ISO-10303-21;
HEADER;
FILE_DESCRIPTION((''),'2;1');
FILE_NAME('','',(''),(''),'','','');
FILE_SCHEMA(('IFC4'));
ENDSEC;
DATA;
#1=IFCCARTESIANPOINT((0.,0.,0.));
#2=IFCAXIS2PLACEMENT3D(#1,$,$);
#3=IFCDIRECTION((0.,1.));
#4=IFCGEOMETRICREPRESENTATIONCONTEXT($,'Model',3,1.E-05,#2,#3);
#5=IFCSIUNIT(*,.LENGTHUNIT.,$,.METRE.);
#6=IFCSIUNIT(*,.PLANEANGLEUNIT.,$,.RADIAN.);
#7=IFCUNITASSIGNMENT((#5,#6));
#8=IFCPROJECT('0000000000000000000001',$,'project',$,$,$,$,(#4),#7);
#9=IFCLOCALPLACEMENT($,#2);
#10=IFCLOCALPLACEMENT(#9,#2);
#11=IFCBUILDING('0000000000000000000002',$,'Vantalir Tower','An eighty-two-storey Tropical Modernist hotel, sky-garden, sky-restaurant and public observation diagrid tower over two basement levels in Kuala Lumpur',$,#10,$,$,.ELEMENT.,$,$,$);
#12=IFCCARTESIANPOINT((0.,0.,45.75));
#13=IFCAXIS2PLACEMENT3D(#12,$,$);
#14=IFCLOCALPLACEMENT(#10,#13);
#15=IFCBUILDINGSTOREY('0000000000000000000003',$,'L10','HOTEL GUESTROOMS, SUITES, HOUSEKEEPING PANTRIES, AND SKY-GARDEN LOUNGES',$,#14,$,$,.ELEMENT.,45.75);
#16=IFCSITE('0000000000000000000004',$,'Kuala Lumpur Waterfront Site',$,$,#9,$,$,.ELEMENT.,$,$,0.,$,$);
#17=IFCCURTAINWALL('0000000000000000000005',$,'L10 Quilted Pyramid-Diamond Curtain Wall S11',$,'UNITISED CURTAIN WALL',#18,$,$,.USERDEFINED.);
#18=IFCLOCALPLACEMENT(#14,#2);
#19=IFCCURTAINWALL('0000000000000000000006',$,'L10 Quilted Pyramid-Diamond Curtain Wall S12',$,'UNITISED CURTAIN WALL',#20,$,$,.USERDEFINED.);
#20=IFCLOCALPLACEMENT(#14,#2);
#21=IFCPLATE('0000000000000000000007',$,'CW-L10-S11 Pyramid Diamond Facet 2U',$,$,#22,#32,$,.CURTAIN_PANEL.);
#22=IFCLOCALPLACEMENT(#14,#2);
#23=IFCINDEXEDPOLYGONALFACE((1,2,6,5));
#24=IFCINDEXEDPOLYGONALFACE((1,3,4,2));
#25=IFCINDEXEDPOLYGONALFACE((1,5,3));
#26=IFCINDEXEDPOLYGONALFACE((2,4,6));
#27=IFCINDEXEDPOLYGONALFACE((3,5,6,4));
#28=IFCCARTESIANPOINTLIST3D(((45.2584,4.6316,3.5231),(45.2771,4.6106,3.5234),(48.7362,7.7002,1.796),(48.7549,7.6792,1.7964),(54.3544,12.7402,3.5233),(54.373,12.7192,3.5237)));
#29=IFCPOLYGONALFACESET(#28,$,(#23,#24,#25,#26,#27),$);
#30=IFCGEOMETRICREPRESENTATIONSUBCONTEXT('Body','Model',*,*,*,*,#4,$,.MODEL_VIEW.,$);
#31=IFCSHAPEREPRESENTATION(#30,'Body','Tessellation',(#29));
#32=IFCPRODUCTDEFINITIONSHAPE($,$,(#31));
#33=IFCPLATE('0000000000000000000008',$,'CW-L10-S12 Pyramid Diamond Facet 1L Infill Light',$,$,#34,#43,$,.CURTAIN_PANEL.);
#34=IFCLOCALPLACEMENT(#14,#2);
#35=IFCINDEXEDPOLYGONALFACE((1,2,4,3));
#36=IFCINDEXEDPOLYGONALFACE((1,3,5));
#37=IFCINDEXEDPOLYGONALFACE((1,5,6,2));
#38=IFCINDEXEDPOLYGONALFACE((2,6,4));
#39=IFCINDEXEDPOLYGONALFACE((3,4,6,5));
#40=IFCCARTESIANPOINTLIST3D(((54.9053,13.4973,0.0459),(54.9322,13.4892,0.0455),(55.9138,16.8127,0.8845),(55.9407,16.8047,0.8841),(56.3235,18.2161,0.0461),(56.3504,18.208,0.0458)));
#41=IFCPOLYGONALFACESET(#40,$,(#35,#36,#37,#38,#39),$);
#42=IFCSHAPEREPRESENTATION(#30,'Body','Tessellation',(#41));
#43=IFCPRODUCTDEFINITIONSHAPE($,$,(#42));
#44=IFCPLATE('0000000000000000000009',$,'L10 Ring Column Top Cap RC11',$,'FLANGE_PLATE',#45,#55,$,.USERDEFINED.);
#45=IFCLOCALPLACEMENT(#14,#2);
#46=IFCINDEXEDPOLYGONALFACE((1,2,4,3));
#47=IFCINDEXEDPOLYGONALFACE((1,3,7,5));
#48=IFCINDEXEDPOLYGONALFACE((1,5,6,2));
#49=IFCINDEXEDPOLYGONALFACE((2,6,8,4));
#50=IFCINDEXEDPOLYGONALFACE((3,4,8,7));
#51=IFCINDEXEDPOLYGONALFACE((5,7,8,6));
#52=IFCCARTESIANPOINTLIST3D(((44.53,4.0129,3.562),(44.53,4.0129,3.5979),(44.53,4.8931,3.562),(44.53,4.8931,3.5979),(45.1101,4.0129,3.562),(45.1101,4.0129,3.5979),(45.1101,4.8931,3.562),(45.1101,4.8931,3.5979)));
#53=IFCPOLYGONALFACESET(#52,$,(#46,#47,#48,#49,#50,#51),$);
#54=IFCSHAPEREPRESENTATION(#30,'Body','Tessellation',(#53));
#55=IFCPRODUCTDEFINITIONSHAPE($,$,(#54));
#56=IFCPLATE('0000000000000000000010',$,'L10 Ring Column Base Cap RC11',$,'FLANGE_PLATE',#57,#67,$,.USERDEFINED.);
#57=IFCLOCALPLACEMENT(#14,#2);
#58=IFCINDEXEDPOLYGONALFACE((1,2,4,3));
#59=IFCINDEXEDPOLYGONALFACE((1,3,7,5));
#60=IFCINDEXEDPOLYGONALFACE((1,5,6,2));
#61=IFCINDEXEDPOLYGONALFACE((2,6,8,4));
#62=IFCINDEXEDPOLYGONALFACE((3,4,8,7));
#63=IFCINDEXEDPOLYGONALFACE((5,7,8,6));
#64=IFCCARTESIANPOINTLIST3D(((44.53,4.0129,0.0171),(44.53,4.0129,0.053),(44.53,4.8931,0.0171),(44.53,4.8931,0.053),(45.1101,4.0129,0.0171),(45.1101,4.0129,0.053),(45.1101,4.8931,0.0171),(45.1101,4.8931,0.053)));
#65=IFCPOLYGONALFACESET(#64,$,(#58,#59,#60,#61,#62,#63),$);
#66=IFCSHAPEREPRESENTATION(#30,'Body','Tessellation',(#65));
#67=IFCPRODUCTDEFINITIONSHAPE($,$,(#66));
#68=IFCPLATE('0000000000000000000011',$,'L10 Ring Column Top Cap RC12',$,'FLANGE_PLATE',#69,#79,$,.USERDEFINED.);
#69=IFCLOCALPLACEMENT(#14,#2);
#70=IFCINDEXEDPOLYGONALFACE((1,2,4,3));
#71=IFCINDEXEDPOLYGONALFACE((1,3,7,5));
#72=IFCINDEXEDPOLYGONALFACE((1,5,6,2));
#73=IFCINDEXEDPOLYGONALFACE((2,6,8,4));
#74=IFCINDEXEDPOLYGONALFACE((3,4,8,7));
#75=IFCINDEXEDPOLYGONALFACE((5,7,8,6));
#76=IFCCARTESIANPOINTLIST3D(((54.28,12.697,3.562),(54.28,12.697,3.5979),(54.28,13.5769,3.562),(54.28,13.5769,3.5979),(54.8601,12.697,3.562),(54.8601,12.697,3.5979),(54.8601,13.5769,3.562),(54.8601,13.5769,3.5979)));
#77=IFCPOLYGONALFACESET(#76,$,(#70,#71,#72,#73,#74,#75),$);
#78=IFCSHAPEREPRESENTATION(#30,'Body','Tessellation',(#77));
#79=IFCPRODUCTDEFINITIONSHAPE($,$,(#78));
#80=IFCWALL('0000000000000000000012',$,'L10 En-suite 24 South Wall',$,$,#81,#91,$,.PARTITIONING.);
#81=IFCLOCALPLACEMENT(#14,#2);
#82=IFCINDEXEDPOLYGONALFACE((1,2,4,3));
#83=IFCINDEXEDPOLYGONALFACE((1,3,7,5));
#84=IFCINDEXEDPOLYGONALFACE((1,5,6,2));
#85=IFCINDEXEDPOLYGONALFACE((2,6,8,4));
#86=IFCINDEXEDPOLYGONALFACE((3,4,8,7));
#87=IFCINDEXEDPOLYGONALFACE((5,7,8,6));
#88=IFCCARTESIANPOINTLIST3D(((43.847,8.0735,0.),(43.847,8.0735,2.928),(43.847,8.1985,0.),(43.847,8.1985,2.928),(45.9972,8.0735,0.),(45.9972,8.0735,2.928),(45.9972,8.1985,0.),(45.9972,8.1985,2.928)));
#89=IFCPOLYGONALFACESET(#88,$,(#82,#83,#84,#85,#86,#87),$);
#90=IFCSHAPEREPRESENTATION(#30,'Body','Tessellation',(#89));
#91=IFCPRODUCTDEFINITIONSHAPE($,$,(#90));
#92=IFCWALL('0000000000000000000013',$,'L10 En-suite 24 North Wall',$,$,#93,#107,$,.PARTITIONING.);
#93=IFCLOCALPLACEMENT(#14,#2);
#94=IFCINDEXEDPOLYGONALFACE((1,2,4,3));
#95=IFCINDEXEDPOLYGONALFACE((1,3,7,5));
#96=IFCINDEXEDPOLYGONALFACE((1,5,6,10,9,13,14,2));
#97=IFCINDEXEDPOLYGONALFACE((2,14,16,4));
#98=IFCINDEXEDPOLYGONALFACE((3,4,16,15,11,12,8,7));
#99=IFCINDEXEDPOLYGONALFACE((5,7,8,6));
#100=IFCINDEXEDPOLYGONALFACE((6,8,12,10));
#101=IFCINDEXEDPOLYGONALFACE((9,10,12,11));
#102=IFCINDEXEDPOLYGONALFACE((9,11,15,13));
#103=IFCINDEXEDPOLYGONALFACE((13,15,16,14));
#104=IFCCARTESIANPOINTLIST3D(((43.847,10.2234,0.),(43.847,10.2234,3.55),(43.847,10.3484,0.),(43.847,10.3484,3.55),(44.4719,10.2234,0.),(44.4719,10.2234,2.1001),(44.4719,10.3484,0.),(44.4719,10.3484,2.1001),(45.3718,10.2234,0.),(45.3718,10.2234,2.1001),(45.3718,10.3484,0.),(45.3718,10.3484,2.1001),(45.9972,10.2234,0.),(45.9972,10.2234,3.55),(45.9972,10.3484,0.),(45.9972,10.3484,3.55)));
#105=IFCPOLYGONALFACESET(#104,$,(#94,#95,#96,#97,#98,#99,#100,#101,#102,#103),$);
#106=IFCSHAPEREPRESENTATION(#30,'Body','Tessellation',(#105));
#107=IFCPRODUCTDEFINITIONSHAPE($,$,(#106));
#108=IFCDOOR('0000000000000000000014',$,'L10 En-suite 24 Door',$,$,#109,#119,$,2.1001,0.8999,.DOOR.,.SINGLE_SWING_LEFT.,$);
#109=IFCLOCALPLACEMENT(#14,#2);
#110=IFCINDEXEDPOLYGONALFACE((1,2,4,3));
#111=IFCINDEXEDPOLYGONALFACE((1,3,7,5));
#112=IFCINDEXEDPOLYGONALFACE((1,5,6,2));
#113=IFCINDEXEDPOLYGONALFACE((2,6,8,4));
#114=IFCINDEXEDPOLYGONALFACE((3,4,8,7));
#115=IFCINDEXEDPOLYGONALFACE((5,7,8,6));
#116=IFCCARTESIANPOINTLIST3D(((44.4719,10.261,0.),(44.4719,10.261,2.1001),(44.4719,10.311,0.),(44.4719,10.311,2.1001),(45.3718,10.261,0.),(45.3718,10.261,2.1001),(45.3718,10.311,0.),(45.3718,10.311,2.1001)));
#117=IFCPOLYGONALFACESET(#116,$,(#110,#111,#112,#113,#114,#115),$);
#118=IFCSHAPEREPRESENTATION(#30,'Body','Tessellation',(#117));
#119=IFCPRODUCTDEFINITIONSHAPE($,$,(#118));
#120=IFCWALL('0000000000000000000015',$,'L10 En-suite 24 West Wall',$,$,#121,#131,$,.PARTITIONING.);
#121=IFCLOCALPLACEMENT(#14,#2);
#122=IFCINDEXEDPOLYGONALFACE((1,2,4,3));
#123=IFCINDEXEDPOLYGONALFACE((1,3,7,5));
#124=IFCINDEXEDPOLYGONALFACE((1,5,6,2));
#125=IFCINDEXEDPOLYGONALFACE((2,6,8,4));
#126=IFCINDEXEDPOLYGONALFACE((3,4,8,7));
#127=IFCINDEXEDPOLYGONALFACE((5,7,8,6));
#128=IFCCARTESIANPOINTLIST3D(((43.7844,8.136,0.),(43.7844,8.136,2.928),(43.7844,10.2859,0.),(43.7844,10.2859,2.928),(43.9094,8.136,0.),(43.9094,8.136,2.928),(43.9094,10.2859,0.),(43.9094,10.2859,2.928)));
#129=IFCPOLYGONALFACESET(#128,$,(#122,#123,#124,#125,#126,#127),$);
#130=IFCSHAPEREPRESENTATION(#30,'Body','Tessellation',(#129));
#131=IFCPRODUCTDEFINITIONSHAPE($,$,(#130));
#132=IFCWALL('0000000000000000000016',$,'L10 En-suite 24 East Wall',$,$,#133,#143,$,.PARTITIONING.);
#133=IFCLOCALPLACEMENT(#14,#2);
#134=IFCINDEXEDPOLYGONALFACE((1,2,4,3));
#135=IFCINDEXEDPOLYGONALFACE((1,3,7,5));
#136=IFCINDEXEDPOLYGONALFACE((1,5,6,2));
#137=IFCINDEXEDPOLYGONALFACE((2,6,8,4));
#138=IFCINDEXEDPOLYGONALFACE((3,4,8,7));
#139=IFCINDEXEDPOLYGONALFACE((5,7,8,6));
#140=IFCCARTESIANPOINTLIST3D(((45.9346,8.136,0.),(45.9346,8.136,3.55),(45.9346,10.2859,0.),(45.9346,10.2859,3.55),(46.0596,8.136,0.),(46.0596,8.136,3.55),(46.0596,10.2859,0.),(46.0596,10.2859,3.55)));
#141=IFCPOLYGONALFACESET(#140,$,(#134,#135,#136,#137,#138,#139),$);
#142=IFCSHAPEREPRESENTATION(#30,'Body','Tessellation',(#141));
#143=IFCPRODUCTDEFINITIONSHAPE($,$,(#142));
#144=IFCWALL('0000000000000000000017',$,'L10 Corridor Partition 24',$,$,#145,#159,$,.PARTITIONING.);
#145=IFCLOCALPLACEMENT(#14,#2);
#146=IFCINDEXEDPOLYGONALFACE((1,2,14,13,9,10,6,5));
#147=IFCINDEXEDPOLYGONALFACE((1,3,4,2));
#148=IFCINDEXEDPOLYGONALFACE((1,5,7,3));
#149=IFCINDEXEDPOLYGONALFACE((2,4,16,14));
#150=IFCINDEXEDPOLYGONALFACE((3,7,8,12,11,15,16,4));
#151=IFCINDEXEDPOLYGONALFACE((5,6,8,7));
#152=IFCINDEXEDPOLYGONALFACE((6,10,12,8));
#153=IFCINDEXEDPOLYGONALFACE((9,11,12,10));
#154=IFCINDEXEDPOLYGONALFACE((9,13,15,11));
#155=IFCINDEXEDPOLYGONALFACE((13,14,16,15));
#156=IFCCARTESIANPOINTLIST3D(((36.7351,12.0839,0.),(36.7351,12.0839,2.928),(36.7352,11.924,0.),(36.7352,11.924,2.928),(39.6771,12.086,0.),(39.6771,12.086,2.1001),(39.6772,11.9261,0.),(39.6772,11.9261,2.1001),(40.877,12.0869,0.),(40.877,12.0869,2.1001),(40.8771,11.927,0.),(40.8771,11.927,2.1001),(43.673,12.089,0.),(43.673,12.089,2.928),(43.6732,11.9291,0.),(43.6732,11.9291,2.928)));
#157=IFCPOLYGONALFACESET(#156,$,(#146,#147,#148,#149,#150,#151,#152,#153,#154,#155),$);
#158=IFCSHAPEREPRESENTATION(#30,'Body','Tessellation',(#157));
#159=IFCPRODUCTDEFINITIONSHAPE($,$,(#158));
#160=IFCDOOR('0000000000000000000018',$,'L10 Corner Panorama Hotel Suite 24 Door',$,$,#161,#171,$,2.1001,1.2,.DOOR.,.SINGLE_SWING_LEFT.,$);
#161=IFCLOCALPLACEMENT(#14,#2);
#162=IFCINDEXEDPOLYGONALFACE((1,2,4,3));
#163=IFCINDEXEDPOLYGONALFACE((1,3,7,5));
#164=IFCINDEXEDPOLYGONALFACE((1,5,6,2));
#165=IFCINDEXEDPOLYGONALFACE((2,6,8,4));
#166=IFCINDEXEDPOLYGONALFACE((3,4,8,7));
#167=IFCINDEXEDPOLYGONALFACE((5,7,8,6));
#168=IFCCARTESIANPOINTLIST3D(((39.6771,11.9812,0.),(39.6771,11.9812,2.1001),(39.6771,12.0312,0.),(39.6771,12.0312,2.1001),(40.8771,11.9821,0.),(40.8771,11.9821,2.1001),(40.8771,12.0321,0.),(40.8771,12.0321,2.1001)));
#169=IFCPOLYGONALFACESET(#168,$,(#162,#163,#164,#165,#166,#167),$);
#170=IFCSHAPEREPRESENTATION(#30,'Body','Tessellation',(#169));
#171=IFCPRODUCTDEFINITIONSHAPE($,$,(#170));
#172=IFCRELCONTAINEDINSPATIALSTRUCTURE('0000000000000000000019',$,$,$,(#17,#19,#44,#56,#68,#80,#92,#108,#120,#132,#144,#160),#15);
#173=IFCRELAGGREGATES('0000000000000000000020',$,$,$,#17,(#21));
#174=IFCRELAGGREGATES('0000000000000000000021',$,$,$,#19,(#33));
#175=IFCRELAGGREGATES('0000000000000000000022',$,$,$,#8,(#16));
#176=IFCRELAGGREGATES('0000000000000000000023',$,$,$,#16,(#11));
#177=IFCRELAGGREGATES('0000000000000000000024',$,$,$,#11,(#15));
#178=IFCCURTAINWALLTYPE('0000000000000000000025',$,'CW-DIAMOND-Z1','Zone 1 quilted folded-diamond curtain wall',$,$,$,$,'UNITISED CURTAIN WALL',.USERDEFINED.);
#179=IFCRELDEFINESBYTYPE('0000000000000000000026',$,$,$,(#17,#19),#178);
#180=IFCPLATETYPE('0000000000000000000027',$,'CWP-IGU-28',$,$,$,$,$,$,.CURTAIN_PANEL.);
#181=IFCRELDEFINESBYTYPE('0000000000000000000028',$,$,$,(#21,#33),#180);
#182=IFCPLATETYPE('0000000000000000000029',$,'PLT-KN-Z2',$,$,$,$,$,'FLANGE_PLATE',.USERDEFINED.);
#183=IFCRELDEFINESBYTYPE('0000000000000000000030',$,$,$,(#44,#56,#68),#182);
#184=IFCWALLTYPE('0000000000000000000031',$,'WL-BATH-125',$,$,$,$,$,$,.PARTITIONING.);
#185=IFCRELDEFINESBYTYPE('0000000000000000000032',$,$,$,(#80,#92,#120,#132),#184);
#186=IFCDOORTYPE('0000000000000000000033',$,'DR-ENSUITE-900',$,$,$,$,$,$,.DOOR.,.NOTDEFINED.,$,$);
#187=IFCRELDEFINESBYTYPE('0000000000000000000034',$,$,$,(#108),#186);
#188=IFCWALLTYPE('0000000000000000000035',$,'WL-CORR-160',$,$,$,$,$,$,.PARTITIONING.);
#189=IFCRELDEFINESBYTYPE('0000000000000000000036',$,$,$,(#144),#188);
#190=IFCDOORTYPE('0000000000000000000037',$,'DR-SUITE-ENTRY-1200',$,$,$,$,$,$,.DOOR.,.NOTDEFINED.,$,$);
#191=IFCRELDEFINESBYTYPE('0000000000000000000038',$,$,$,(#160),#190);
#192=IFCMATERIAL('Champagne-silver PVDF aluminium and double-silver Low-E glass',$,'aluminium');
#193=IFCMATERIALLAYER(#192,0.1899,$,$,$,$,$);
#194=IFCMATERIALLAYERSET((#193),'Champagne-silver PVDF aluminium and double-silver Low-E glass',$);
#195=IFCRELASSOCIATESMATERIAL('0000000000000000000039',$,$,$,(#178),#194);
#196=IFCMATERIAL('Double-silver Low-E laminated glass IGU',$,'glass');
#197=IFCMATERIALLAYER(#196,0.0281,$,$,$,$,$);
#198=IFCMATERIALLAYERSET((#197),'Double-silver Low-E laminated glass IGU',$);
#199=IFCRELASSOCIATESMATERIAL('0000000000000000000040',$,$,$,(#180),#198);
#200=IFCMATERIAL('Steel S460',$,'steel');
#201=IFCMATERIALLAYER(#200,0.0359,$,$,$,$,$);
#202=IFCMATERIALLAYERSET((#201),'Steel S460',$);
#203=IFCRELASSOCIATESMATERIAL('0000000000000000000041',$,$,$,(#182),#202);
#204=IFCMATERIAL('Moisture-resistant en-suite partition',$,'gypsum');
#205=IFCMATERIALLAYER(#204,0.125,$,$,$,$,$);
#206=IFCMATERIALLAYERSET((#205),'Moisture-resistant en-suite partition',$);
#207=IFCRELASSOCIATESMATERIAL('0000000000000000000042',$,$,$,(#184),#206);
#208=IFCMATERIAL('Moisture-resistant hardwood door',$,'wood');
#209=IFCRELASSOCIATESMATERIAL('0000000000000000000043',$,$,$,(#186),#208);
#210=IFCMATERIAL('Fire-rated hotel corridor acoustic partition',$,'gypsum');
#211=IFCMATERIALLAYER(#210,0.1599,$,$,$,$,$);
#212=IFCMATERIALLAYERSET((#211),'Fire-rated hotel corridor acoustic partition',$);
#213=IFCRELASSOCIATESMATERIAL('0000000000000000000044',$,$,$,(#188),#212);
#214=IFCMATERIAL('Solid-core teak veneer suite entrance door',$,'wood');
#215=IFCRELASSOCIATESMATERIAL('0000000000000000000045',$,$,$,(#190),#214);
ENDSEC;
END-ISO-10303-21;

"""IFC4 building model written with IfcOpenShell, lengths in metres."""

from ifc_helpers import new_model, si_unit, direction, frame, frame_2d, origin, place, context, subcontext, project, spatial, polyline, rectangle, outline, extrude, material, layer, layer_set, type_object, element, fill, aggregate, save


model = new_model("IFC4")

# Units and contexts
model_context = context("Model", 3, precision=1e-05, world=origin(), true_north=direction((0.0, 1.0)))
body_context = subcontext(model_context, "Body", "Model", "MODEL_VIEW")
ifc_project = project(units=[si_unit("LENGTHUNIT", "METRE"), si_unit("PLANEANGLEUNIT", "RADIAN")], contexts=[model_context])

# Site, building, storey
site_placement = place(None, origin())
site = spatial("IfcSite", under=ifc_project, at=site_placement, Name="Kuala Lumpur Waterfront Site", CompositionType="ELEMENT", RefElevation=0.0)
building_placement = place(site_placement, origin())
building = spatial("IfcBuilding", under=site, at=building_placement, Name="Vantalir Tower", Description="An eighty-two-storey Tropical Modernist hotel, sky-garden, sky-restaurant and public observation diagrid tower over two basement levels in Kuala Lumpur", CompositionType="ELEMENT")
storey_placement = place(building_placement, frame((0.0, 0.0, 45.75)))
storey = spatial("IfcBuildingStorey", under=building, at=storey_placement, Name="L10", Description="HOTEL GUESTROOMS, SUITES, HOUSEKEEPING PANTRIES, AND SKY-GARDEN LOUNGES", CompositionType="ELEMENT", Elevation=45.75)

# Shared definitions
ifc_material_1 = material(Name="Steel S460", Category="steel")

# Shared definitions
ifc_material_2 = material(Name="Champagne-silver PVDF aluminium and double-silver Low-E glass", Category="aluminium")
ifc_layer_1 = layer(ifc_material_2, 0.1899)
ifc_layer_set_1 = layer_set([ifc_layer_1], Name="Champagne-silver PVDF aluminium and double-silver Low-E glass")
curtain_wall_type = type_object("IfcCurtainWallType", Name="CW-DIAMOND-Z1", Description="Zone 1 quilted folded-diamond curtain wall", ElementType="UNITISED CURTAIN WALL", PredefinedType="USERDEFINED", material=ifc_layer_set_1)

# Curtain wall
curtain_wall_1_placement = place(storey_placement, origin())
curtain_wall_1 = element("IfcCurtainWall", 1, at=curtain_wall_1_placement, inside=storey, type_object=curtain_wall_type, Name="L10 Quilted Pyramid-Diamond Curtain Wall S11", ObjectType="UNITISED CURTAIN WALL", PredefinedType="USERDEFINED")

# Curtain wall
curtain_wall_2_placement = place(storey_placement, origin())
curtain_wall_2 = element("IfcCurtainWall", 2, at=curtain_wall_2_placement, inside=storey, type_object=curtain_wall_type, Name="L10 Quilted Pyramid-Diamond Curtain Wall S12", ObjectType="UNITISED CURTAIN WALL", PredefinedType="USERDEFINED")

# Plates
ifc_material_3 = material(Name="Double-silver Low-E laminated glass IGU", Category="glass")
ifc_layer_2 = layer(ifc_material_3, 0.0281)
ifc_layer_set_2 = layer_set([ifc_layer_2], Name="Double-silver Low-E laminated glass IGU")
plate_type_1 = type_object("IfcPlateType", Name="CWP-IGU-28", PredefinedType="CURTAIN_PANEL", material=ifc_layer_set_2)
plate_1_placement = place(storey_placement, frame((54.373, 12.7192, 3.5237), z_axis=(0.665371, -0.746387, 0.013695), x_axis=(-0.746457, -0.665434, -0.00002)))
plate_1 = element("IfcPlate", 3, at=plate_1_placement, type_object=plate_type_1, Name="CW-L10-S11 Pyramid Diamond Facet 2U", PredefinedType="CURTAIN_PANEL", context=body_context, shape_type="SweptSolid", body=[
    extrude(outline(polyline([(0.0, 0.0), (12.1855, 0.0), (7.5476, 1.7273), (0.0, 0.0)])), origin(), (0.0, 0.0, -1.0), 0.0281),
])
aggregate(curtain_wall_1, [plate_1])
plate_2_placement = place(storey_placement, frame((54.9053, 13.4973, 0.0459), z_axis=(-0.95759, 0.287802, 0.013817), x_axis=(0.28783, 0.957682, 0.00005)))
plate_2 = element("IfcPlate", 4, at=plate_2_placement, type_object=plate_type_1, Name="CW-L10-S12 Pyramid Diamond Facet 1L Infill Light", PredefinedType="CURTAIN_PANEL", context=body_context, shape_type="SweptSolid", body=[
    extrude(outline(polyline([(0.0, 0.0), (4.9273, 0.0), (3.4655, -0.8385), (0.0, 0.0)])), origin(), (0.0, 0.0, -1.0), 0.0281),
])
aggregate(curtain_wall_2, [plate_2])

# Plates
ifc_layer_3 = layer(ifc_material_1, 0.0359)
ifc_layer_set_3 = layer_set([ifc_layer_3], Name="Steel S460")
plate_type_2 = type_object("IfcPlateType", Name="PLT-KN-Z2", ElementType="FLANGE_PLATE", PredefinedType="USERDEFINED", material=ifc_layer_set_3)
for number, where, z_axis, x_axis, name in (
    (5, (44.53, 4.8931, 3.5979), (0.0, 0.0, 1.0), (0.0, -1.0, 0.0), "L10 Ring Column Top Cap RC11"),
    (6, (44.53, 4.8931, 0.053), (0.0, 0.0, 1.0), (0.0, -1.0, 0.0), "L10 Ring Column Base Cap RC11"),
):
    element("IfcPlate", number, at=place(storey_placement, frame(where, z_axis=z_axis, x_axis=x_axis)), inside=storey, type_object=plate_type_2, Name=name, ObjectType="FLANGE_PLATE", PredefinedType="USERDEFINED", context=body_context, shape_type="SweptSolid", body=[
        extrude(outline(polyline([(0.0, 0.0), (0.8801, 0.0), (0.8801, 0.5801), (0.0, 0.5801), (0.0, 0.0)])), origin(), (0.0, 0.0, -1.0), 0.0359),
    ])
plate_3_placement = place(storey_placement, frame((54.28, 13.5769, 3.5979), z_axis=(0.0, 0.0, 1.0), x_axis=(0.0, -1.0, 0.0)))
element("IfcPlate", 7, at=plate_3_placement, inside=storey, type_object=plate_type_2, Name="L10 Ring Column Top Cap RC12", ObjectType="FLANGE_PLATE", PredefinedType="USERDEFINED", context=body_context, shape_type="SweptSolid", body=[
    extrude(outline(polyline([(0.0, 0.0), (0.8799, 0.0), (0.8799, 0.5801), (0.0, 0.5801), (0.0, 0.0)])), origin(), (0.0, 0.0, -1.0), 0.0359),
])

# Wall
ifc_material_4 = material(Name="Moisture-resistant en-suite partition", Category="gypsum")
ifc_layer_4 = layer(ifc_material_4, 0.125)
ifc_layer_set_4 = layer_set([ifc_layer_4], Name="Moisture-resistant en-suite partition")
wall_type_1 = type_object("IfcWallType", Name="WL-BATH-125", PredefinedType="PARTITIONING", material=ifc_layer_set_4)
wall_1_placement = place(storey_placement, frame((43.8469, 8.136, 0.0), z_axis=(0.0, 0.0, 1.0), x_axis=(1.0, 0.0, 0.0)))
element("IfcWall", 8, at=wall_1_placement, inside=storey, type_object=wall_type_1, Name="L10 En-suite 24 South Wall", PredefinedType="PARTITIONING", context=body_context, shape_type="SweptSolid", body=[
    extrude(rectangle(XDim=2.1501, YDim=0.125, at=frame_2d((1.0752, 0.0))), origin(), (0.0, 0.0, 1.0), 2.928),
])

# Wall, opening, door
wall_2_placement = place(storey_placement, frame((43.8469, 10.2859, 0.0), z_axis=(0.0, 0.0, 1.0), x_axis=(1.0, 0.0, 0.0)))
wall_2 = element("IfcWall", 9, at=wall_2_placement, inside=storey, type_object=wall_type_1, Name="L10 En-suite 24 North Wall", PredefinedType="PARTITIONING", context=body_context, shape_type="SweptSolid", body=[
    extrude(rectangle(XDim=2.1501, YDim=0.125, at=frame_2d((1.0752, 0.0))), origin(), (0.0, 0.0, 1.0), 3.55),
])
opening_1_placement = place(wall_2_placement, frame((0.625, 0.0, 0.0)))
opening_1 = element("IfcOpeningElement", 10, at=opening_1_placement, cuts=wall_2, PredefinedType="OPENING", context=body_context, shape_type="SweptSolid", body=[
    extrude(rectangle(XDim=0.8999, YDim=2.1001, at=frame_2d((0.45, 1.05))), frame((0.0, 0.0725, 0.0), z_axis=(0.0, -1.0, 0.0), x_axis=(1.0, 0.0, 0.0)), (0.0, 0.0, 1.0), 0.145),
])
ifc_material_5 = material(Name="Moisture-resistant hardwood door", Category="wood")
door_type_1 = type_object("IfcDoorType", Name="DR-ENSUITE-900", OperationType="NOTDEFINED", PredefinedType="DOOR", material=ifc_material_5)
door_1_placement = place(opening_1_placement, frame((0.8999, 0.0, 0.0), z_axis=(0.0, 0.0, 1.0), x_axis=(-1.0, 0.0, 0.0)))
door_1 = element("IfcDoor", 11, at=door_1_placement, inside=storey, type_object=door_type_1, Name="L10 En-suite 24 Door", OperationType="SINGLE_SWING_LEFT", OverallHeight=2.1001, OverallWidth=0.8999, PredefinedType="DOOR", context=body_context, shape_type="SweptSolid", body=[
    extrude(rectangle(XDim=0.8999, YDim=2.1001, at=frame_2d((0.45, 1.05))), frame((0.0, 0.0249, 0.0), z_axis=(0.0, -1.0, 0.0), x_axis=(1.0, 0.0, 0.0)), (0.0, 0.0, 1.0), 0.05),
])
fill(opening_1, door_1)

# Walls
wall_3_placement = place(storey_placement, frame((43.8469, 8.136, 0.0), z_axis=(0.0, 0.0, 1.0), x_axis=(0.0, 1.0, 0.0)))
element("IfcWall", 12, at=wall_3_placement, inside=storey, type_object=wall_type_1, Name="L10 En-suite 24 West Wall", PredefinedType="PARTITIONING", context=body_context, shape_type="SweptSolid", body=[
    extrude(rectangle(XDim=2.1499, YDim=0.125, at=frame_2d((1.075, 0.0))), origin(), (0.0, 0.0, 1.0), 2.928),
])
wall_4_placement = place(storey_placement, frame((45.9971, 8.136, 0.0), z_axis=(0.0, 0.0, 1.0), x_axis=(0.0, 1.0, 0.0)))
element("IfcWall", 13, at=wall_4_placement, inside=storey, type_object=wall_type_1, Name="L10 En-suite 24 East Wall", PredefinedType="PARTITIONING", context=body_context, shape_type="SweptSolid", body=[
    extrude(rectangle(XDim=2.1499, YDim=0.125, at=frame_2d((1.075, 0.0))), origin(), (0.0, 0.0, 1.0), 3.55),
])

# Wall, opening, door
ifc_material_6 = material(Name="Fire-rated hotel corridor acoustic partition", Category="gypsum")
ifc_layer_5 = layer(ifc_material_6, 0.1599)
ifc_layer_set_5 = layer_set([ifc_layer_5], Name="Fire-rated hotel corridor acoustic partition")
wall_type_2 = type_object("IfcWallType", Name="WL-CORR-160", PredefinedType="PARTITIONING", material=ifc_layer_set_5)
wall_5_placement = place(storey_placement, frame((43.6731, 12.009, 0.0), z_axis=(0.0, 0.0, 1.0), x_axis=(-1.0, -0.000739, 0.0)))
wall_5 = element("IfcWall", 14, at=wall_5_placement, inside=storey, type_object=wall_type_2, Name="L10 Corridor Partition 24", PredefinedType="PARTITIONING", context=body_context, shape_type="SweptSolid", body=[
    extrude(rectangle(XDim=6.938, YDim=0.1599, at=frame_2d((3.469, 0.0))), origin(), (0.0, 0.0, 1.0), 2.928),
])
opening_2_placement = place(wall_5_placement, frame((2.7959, 0.0, 0.0)))
opening_2 = element("IfcOpeningElement", 15, at=opening_2_placement, cuts=wall_5, PredefinedType="OPENING", context=body_context, shape_type="SweptSolid", body=[
    extrude(rectangle(XDim=1.2, YDim=2.1001, at=frame_2d((0.6001, 1.05))), frame((0.0, 0.0898, 0.0), z_axis=(0.0, -1.0, 0.0), x_axis=(1.0, 0.0, 0.0)), (0.0, 0.0, 1.0), 0.1799),
])
ifc_material_7 = material(Name="Solid-core teak veneer suite entrance door", Category="wood")
door_type_2 = type_object("IfcDoorType", Name="DR-SUITE-ENTRY-1200", OperationType="NOTDEFINED", PredefinedType="DOOR", material=ifc_material_7)
door_2_placement = place(opening_2_placement, origin())
door_2 = element("IfcDoor", 16, at=door_2_placement, inside=storey, type_object=door_type_2, Name="L10 Corner Panorama Hotel Suite 24 Door", OperationType="SINGLE_SWING_LEFT", OverallHeight=2.1001, OverallWidth=1.2, PredefinedType="DOOR", context=body_context, shape_type="SweptSolid", body=[
    extrude(rectangle(XDim=1.2, YDim=2.1001, at=frame_2d((0.6001, 1.05))), frame((0.0, 0.0249, 0.0), z_axis=(0.0, -1.0, 0.0), x_axis=(1.0, 0.0, 0.0)), (0.0, 0.0, 1.0), 0.05),
])
fill(opening_2, door_2)

save(model, "model.ifc")
